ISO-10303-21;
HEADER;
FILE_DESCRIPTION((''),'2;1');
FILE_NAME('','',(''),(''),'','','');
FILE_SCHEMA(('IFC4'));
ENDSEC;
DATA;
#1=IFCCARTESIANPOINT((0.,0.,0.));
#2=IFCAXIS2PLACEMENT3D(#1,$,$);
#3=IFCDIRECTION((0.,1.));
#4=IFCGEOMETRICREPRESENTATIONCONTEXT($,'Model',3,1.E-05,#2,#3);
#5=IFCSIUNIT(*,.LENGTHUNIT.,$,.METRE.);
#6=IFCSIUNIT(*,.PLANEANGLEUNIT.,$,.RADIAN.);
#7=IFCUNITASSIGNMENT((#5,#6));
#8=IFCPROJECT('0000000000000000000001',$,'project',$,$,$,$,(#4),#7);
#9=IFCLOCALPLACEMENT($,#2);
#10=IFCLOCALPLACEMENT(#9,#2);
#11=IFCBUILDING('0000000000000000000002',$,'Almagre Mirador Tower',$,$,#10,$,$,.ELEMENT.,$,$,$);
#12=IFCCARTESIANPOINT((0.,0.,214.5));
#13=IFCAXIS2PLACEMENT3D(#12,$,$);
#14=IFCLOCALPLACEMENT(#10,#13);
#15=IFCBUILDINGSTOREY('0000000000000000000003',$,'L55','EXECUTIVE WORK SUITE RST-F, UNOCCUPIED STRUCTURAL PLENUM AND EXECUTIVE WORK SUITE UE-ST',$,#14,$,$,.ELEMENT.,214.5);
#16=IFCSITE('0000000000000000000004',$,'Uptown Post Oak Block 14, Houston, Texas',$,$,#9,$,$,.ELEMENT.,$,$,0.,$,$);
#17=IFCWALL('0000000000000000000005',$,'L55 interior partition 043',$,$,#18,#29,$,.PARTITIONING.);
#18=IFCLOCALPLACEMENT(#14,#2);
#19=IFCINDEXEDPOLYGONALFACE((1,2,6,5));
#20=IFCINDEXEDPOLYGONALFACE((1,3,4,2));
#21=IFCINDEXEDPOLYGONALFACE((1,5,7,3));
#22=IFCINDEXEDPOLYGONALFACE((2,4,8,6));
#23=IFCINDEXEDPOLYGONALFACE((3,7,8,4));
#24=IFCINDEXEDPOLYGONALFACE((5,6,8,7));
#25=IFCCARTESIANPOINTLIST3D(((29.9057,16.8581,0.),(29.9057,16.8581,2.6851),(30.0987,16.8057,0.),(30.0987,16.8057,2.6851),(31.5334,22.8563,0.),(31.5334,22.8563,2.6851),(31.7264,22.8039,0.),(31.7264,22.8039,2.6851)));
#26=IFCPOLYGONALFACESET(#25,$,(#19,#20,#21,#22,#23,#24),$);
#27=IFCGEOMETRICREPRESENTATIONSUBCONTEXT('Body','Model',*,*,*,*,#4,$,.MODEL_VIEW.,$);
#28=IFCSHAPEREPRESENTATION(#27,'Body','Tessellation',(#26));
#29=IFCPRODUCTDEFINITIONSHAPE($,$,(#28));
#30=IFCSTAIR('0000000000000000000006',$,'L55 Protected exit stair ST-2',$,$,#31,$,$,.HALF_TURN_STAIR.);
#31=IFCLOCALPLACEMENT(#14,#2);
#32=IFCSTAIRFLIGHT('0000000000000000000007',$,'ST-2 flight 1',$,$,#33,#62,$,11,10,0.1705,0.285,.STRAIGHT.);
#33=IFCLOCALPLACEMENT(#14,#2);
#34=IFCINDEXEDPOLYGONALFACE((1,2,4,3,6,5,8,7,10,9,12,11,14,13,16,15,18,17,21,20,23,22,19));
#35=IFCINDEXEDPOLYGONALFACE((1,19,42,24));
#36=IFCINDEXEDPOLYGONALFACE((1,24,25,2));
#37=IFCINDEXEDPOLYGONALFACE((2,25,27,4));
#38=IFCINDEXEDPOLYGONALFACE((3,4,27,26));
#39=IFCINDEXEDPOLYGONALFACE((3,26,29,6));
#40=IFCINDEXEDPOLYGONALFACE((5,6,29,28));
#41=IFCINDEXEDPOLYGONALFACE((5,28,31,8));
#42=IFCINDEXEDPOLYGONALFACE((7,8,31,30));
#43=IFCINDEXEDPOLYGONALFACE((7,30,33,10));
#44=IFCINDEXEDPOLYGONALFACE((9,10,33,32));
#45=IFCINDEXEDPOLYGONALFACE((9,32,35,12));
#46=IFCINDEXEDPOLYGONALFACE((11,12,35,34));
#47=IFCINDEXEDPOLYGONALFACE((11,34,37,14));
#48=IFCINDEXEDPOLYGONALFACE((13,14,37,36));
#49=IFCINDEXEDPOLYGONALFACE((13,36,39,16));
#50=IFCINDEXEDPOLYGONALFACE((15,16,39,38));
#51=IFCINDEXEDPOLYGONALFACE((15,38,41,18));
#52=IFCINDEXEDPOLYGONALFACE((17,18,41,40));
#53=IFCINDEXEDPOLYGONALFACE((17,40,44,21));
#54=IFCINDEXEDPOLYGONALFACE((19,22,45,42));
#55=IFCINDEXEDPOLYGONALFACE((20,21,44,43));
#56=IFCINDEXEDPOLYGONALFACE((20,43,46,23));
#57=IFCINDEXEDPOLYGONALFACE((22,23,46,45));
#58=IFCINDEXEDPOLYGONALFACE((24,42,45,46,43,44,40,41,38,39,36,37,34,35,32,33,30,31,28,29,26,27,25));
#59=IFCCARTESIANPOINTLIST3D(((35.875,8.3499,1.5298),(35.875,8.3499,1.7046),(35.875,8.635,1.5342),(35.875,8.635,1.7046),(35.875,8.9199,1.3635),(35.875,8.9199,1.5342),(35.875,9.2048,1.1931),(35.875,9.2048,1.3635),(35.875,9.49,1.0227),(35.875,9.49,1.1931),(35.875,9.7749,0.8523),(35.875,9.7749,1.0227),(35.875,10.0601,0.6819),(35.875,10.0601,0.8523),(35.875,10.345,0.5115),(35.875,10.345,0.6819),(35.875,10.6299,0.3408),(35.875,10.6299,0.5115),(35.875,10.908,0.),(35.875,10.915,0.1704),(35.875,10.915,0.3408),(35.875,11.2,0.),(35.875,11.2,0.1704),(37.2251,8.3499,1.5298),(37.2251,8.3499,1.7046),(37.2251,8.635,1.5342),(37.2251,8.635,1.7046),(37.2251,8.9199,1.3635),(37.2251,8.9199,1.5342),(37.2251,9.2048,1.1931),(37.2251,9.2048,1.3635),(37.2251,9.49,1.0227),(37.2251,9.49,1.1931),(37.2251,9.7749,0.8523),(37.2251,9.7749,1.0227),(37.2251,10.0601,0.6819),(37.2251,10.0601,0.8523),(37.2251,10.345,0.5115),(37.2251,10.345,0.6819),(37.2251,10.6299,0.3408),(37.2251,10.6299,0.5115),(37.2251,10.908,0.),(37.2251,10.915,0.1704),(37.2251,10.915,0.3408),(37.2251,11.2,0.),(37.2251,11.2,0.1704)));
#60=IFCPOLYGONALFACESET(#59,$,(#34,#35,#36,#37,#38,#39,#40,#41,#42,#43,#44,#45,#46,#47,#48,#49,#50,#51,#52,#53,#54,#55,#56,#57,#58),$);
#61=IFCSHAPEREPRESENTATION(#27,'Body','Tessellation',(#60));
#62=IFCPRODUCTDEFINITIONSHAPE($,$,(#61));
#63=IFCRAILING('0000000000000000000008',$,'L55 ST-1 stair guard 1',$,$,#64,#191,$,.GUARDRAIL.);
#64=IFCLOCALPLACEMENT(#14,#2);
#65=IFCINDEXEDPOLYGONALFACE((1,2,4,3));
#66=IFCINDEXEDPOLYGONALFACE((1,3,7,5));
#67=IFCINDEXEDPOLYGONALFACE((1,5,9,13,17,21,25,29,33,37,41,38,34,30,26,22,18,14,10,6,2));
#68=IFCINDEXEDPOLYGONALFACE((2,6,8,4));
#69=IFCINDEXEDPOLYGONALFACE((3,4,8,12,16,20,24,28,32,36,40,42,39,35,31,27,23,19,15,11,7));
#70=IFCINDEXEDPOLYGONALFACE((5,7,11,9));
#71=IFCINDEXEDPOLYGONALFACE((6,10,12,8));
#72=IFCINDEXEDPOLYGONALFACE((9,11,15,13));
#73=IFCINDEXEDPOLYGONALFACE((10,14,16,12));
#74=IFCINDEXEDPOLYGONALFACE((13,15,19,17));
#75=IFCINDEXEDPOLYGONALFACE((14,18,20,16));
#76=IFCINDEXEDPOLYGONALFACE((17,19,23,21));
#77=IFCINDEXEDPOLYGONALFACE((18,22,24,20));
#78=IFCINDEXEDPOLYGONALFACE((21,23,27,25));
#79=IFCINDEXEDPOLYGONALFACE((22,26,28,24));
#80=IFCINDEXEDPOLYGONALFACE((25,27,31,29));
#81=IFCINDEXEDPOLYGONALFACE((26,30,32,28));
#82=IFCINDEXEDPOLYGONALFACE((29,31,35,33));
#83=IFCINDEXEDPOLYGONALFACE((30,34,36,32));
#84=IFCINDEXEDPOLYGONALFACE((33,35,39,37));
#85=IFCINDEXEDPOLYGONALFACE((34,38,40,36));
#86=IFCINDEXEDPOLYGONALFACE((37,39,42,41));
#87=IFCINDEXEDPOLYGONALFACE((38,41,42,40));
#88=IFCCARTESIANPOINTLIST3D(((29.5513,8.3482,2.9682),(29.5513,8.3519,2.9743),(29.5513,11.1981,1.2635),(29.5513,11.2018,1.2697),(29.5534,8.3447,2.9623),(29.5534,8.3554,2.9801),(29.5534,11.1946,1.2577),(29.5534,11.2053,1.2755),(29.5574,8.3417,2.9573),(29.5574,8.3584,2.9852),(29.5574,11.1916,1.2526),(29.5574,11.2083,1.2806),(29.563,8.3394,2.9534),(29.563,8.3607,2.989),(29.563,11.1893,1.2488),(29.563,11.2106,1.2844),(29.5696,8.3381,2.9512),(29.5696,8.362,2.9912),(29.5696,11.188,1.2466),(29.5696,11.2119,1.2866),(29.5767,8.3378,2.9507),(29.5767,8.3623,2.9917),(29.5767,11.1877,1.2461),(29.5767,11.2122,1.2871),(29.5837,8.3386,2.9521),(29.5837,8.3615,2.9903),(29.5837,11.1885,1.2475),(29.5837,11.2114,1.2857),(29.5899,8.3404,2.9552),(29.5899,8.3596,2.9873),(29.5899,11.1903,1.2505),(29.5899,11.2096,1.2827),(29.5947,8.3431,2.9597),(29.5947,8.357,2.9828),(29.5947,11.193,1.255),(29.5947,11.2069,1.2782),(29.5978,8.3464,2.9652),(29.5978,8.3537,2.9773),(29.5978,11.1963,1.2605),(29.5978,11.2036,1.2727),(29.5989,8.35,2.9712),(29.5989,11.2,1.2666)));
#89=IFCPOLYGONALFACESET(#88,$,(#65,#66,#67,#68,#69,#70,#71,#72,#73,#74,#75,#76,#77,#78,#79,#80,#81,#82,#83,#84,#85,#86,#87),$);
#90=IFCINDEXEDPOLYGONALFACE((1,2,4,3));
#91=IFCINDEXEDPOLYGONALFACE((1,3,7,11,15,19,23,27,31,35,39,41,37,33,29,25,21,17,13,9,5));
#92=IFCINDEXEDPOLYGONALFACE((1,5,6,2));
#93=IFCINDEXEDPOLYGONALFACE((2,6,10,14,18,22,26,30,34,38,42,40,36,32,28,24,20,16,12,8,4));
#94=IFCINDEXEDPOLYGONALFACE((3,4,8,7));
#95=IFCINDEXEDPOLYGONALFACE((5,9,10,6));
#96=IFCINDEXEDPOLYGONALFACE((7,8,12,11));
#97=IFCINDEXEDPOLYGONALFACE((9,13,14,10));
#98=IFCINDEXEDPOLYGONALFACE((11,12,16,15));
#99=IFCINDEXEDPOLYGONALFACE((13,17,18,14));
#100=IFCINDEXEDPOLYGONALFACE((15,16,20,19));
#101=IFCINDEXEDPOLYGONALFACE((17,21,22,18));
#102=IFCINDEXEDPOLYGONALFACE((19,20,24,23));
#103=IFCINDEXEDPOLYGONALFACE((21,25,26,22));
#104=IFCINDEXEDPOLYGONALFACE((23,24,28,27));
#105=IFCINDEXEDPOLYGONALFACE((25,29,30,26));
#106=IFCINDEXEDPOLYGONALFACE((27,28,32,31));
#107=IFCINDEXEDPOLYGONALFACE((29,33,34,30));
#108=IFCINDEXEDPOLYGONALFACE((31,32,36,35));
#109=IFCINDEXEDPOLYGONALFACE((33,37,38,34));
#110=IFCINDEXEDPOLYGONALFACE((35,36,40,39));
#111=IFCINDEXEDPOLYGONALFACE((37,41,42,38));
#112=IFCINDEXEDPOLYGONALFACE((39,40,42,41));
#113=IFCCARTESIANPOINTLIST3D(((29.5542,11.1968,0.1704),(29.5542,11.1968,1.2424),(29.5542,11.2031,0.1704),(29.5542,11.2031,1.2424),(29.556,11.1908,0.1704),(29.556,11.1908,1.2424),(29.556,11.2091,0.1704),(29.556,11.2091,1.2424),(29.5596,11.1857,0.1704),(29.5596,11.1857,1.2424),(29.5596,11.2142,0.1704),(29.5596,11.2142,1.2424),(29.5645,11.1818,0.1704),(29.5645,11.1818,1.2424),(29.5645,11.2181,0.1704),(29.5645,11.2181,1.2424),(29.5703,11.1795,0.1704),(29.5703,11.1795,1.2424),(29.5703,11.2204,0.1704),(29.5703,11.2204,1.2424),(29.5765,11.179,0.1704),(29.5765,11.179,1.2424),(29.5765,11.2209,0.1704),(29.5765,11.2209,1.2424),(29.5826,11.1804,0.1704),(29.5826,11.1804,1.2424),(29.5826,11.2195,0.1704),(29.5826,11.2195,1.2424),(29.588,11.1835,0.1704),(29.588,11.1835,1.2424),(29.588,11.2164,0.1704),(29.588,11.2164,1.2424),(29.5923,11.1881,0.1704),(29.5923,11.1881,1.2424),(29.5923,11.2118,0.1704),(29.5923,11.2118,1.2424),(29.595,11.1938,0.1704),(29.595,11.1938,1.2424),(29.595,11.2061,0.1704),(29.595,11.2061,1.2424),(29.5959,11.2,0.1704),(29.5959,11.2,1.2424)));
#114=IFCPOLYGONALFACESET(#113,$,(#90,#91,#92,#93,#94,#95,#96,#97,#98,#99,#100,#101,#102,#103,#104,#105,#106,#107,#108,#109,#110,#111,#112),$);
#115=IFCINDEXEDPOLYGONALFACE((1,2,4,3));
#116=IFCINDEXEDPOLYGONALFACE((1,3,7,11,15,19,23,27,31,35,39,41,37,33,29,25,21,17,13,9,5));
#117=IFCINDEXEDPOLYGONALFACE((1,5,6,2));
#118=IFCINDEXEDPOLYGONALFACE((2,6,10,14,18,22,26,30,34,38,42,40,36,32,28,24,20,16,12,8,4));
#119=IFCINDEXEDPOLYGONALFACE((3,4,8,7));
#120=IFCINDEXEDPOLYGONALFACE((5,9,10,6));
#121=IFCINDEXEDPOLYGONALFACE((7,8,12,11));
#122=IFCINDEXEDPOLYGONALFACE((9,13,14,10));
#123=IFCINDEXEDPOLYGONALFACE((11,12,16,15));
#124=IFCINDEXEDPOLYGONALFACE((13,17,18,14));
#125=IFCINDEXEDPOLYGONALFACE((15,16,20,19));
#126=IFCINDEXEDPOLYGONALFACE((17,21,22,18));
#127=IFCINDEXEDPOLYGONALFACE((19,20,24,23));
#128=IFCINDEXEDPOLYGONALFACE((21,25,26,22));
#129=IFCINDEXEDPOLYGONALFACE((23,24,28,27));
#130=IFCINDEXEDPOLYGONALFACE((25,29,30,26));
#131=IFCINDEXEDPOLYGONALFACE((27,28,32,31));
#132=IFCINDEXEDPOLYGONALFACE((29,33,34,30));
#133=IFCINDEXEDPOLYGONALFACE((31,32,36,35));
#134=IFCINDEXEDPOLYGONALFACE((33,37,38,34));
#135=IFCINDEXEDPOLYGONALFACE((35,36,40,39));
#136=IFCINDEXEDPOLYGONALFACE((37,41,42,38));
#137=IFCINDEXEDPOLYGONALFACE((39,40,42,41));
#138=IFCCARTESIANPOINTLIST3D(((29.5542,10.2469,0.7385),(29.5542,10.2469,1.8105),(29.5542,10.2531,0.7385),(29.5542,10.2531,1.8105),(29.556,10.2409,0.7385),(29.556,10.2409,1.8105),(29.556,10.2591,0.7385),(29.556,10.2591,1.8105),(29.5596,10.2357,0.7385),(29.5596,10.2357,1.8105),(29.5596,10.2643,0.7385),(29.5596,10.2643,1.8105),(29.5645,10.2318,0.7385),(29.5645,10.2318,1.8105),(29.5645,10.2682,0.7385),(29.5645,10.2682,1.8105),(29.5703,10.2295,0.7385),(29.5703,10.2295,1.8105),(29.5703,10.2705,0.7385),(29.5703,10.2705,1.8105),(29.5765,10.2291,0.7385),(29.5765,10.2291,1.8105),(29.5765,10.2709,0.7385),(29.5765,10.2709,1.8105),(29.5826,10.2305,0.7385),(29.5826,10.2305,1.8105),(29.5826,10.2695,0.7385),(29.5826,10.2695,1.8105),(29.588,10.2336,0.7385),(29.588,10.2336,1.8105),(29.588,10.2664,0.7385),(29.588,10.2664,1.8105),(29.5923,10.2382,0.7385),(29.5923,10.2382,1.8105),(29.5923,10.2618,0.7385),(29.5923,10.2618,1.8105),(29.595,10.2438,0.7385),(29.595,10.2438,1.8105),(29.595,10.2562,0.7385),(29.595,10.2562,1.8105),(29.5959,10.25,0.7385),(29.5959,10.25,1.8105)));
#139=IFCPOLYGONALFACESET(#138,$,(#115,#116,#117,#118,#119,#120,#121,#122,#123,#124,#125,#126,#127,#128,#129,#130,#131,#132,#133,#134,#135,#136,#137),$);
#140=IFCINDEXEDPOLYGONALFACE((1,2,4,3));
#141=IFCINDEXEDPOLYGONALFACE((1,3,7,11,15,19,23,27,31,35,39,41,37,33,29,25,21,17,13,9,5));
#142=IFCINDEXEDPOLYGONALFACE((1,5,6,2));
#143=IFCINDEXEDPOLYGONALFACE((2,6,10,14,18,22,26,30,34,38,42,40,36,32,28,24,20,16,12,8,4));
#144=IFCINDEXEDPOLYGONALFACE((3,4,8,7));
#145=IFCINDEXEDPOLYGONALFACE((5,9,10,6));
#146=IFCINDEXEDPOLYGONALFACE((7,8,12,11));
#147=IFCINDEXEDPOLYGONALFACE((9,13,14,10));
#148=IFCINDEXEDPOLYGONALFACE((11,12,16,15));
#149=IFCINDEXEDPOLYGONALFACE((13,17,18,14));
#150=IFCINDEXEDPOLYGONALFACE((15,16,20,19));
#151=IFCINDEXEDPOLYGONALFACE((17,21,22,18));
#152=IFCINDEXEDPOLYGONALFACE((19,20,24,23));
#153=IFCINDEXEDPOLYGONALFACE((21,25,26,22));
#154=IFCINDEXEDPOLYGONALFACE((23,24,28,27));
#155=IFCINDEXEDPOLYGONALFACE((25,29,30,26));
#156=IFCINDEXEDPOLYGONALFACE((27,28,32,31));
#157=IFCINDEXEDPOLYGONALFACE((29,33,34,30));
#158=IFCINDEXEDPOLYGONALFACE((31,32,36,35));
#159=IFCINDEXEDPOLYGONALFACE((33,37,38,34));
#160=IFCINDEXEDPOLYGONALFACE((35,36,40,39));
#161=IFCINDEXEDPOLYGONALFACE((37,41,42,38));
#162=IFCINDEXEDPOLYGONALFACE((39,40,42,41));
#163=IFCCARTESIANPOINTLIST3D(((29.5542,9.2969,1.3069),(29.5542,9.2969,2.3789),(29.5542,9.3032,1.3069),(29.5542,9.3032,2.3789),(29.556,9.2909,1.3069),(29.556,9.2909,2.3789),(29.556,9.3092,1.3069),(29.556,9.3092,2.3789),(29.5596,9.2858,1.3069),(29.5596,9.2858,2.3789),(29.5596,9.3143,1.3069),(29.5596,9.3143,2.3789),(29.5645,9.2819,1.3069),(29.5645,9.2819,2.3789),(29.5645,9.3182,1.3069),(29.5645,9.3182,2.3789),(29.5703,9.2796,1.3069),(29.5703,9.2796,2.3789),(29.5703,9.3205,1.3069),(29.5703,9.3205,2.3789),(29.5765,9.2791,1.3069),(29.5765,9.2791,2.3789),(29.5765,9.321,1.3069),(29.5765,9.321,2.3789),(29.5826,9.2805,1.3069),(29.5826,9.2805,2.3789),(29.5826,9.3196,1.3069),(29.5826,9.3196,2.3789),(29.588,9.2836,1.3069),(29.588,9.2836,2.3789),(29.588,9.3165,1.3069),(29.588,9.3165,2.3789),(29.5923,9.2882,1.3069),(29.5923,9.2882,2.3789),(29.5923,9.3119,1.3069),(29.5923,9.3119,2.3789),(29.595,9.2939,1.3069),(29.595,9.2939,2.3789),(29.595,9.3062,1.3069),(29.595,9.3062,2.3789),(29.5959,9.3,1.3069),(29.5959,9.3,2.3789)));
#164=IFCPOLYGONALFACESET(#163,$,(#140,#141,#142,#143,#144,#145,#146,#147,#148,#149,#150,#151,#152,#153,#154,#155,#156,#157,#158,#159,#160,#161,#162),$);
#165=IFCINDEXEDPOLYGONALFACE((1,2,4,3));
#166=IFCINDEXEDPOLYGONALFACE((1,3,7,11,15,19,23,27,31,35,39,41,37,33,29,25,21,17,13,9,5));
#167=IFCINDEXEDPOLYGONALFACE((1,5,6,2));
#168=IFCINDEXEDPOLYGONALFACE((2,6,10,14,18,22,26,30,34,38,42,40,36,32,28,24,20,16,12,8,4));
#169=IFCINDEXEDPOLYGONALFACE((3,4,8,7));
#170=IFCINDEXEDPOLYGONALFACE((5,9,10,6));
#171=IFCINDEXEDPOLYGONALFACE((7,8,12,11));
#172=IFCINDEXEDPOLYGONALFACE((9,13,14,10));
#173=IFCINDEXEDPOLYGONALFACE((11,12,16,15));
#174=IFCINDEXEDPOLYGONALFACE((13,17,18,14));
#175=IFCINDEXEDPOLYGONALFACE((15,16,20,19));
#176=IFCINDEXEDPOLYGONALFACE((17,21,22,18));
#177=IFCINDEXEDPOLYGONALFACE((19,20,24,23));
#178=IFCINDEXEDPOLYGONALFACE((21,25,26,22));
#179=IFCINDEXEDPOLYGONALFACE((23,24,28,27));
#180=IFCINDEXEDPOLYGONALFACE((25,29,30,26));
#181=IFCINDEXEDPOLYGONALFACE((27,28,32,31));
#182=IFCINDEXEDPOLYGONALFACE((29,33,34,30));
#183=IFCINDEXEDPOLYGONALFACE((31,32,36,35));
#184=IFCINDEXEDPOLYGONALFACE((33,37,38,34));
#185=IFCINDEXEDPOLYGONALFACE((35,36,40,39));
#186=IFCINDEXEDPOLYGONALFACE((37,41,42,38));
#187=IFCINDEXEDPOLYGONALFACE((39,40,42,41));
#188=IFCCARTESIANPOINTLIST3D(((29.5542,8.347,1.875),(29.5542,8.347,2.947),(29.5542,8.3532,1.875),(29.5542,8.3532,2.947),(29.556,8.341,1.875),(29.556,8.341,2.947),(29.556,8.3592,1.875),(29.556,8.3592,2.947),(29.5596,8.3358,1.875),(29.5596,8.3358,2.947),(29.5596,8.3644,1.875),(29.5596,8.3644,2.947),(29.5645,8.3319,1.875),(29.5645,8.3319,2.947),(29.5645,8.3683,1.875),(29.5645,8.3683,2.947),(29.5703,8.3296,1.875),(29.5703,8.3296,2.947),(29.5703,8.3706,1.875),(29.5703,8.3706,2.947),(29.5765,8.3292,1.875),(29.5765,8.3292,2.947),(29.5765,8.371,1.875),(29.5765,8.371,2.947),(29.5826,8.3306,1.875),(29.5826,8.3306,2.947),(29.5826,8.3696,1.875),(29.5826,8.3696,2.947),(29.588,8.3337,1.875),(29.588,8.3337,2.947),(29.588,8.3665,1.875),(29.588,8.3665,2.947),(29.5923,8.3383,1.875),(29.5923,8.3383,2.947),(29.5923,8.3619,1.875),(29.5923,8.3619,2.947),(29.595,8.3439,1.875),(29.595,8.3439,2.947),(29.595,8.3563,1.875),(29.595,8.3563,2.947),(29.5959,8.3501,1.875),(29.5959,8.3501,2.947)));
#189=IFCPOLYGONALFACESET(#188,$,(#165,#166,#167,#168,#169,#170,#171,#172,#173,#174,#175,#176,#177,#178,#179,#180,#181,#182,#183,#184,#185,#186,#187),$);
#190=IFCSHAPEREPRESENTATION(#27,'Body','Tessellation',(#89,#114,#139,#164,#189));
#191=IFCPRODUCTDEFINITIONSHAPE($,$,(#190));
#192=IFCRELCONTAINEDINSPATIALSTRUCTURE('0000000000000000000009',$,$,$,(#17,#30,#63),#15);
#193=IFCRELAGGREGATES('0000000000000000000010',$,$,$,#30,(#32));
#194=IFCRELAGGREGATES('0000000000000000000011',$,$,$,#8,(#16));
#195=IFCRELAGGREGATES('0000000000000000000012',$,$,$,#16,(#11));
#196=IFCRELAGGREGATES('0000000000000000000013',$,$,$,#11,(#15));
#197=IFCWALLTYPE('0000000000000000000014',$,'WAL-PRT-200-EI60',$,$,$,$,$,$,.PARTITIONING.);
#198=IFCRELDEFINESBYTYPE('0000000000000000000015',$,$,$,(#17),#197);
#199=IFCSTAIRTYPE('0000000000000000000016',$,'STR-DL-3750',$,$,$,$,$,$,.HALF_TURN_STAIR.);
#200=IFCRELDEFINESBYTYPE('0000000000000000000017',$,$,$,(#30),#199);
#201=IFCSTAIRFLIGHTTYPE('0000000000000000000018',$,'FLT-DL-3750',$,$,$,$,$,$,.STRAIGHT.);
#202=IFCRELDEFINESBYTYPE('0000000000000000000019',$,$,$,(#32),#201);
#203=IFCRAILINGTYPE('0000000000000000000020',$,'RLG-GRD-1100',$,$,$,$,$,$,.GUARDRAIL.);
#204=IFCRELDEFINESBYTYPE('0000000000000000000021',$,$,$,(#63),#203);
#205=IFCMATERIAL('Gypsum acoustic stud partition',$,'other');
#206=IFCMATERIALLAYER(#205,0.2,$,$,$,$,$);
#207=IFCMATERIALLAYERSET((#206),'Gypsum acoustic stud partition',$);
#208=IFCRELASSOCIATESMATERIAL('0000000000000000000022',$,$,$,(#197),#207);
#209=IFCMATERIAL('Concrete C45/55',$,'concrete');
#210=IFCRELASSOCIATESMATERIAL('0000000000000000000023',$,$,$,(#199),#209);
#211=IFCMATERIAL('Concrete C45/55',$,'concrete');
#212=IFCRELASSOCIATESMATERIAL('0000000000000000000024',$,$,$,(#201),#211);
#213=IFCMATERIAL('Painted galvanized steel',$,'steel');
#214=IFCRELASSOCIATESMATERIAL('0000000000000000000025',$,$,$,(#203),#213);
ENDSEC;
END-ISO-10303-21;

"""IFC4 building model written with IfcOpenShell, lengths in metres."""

from ifc_helpers import new_model, si_unit, direction, frame, frame_2d, origin, origin_2d, place, context, subcontext, project, spatial, polyline, rectangle, circle, outline, extrude, material, layer, layer_set, type_object, element, aggregate, save


model = new_model("IFC4")

# Units and contexts
model_context = context("Model", 3, precision=1e-05, world=origin(), true_north=direction((0.0, 1.0)))
body_context = subcontext(model_context, "Body", "Model", "MODEL_VIEW")
ifc_project = project(units=[si_unit("LENGTHUNIT", "METRE"), si_unit("PLANEANGLEUNIT", "RADIAN")], contexts=[model_context])

# Site, building, storey
site_placement = place(None, origin())
site = spatial("IfcSite", under=ifc_project, at=site_placement, Name="Uptown Post Oak Block 14, Houston, Texas", CompositionType="ELEMENT", RefElevation=0.0)
building_placement = place(site_placement, origin())
building = spatial("IfcBuilding", under=site, at=building_placement, Name="Almagre Mirador Tower", CompositionType="ELEMENT")
storey_placement = place(building_placement, frame((0.0, 0.0, 214.5)))
storey = spatial("IfcBuildingStorey", under=building, at=storey_placement, Name="L55", Description="EXECUTIVE WORK SUITE RST-F, UNOCCUPIED STRUCTURAL PLENUM AND EXECUTIVE WORK SUITE UE-ST", CompositionType="ELEMENT", Elevation=214.5)

# Shared definitions
ifc_material_1 = material(Name="Gypsum acoustic stud partition", Category="other")
ifc_layer_1 = layer(ifc_material_1, 0.2)
ifc_layer_set_1 = layer_set([ifc_layer_1], Name="Gypsum acoustic stud partition")
wall_type_1 = type_object("IfcWallType", Name="WAL-PRT-200-EI60", PredefinedType="PARTITIONING", material=ifc_layer_set_1)

# Wall
wall_1_placement = place(storey_placement, frame((30.0022, 16.832, 0.0), z_axis=(0.0, 0.0, 1.0), x_axis=(0.261897, 0.965096, 0.0)))
element("IfcWall", 1, at=wall_1_placement, inside=storey, type_object=wall_type_1, Name="L55 interior partition 043", PredefinedType="PARTITIONING", context=body_context, shape_type="SweptSolid", body=[
    extrude(rectangle(XDim=6.2151, YDim=0.2, at=frame_2d((3.1074, 0.0))), origin(), (0.0, 0.0, 1.0), 2.6851),
])

# Stair, stair flight
ifc_material_2 = material(Name="Concrete C45/55", Category="concrete")
stair_type = type_object("IfcStairType", Name="STR-DL-3750", PredefinedType="HALF_TURN_STAIR", material=ifc_material_2)
stair_placement = place(storey_placement, origin())
stair = element("IfcStair", 2, at=stair_placement, inside=storey, type_object=stair_type, Name="L55 Protected exit stair ST-2", PredefinedType="HALF_TURN_STAIR")
ifc_material_3 = material(Name="Concrete C45/55", Category="concrete")
stair_flight_type = type_object("IfcStairFlightType", Name="FLT-DL-3750", PredefinedType="STRAIGHT", material=ifc_material_3)
stair_flight_placement = place(storey_placement, frame((36.55, 11.2, 0.0), z_axis=(0.0, 0.0, 1.0), x_axis=(0.0, -1.0, 0.0)))
stair_flight = element("IfcStairFlight", 3, at=stair_flight_placement, type_object=stair_flight_type, Name="ST-2 flight 1", NumberOfRisers=11, NumberOfTreads=10, PredefinedType="STRAIGHT", RiserHeight=0.1705, TreadLength=0.285, context=body_context, shape_type="SweptSolid", body=[
    extrude(outline(polyline([(0.0, 0.0), (0.0, 0.1704), (0.2849, 0.1704), (0.2849, 0.3408), (0.5701, 0.3408), (0.5701, 0.5115), (0.855, 0.5115), (0.855, 0.6819), (1.1399, 0.6819), (1.1399, 0.8523), (1.425, 0.8523), (1.425, 1.0227), (1.71, 1.0227), (1.71, 1.1931), (1.9951, 1.1931), (1.9951, 1.3635), (2.28, 1.3635), (2.28, 1.5342), (2.5649, 1.5342), (2.5649, 1.7046), (2.8501, 1.7046), (2.8501, 1.875), (2.8501, 1.5298), (0.292, 0.0), (0.0, 0.0)])), frame((0.0, 0.675, 0.0), z_axis=(0.0, -1.0, 0.0), x_axis=(1.0, 0.0, 0.0)), (0.0, 0.0, 1.0), 1.3501),
])
aggregate(stair, [stair_flight])

# Railing
ifc_material_4 = material(Name="Painted galvanized steel", Category="steel")
railing_type_1 = type_object("IfcRailingType", Name="RLG-GRD-1100", PredefinedType="GUARDRAIL", material=ifc_material_4)
railing_1_placement = place(storey_placement, frame((29.575, 11.2, 0.1704)))
element("IfcRailing", 4, at=railing_1_placement, inside=storey, type_object=railing_type_1, Name="L55 ST-1 stair guard 1", PredefinedType="GUARDRAIL", context=body_context, shape_type="SweptSolid", body=[
    extrude(circle(Radius=0.0239, at=origin_2d()), frame((0.0, 0.0, 1.0962), z_axis=(0.0, -0.858199, 0.513317), x_axis=(1.0, 0.0, 0.0)), (0.0, 0.0, 1.0), 3.3208),
    extrude(circle(Radius=0.021, at=origin_2d()), origin(), (0.0, 0.0, 1.0), 1.072),
    extrude(circle(Radius=0.021, at=origin_2d()), frame((0.0, -0.95, 0.5681)), (0.0, 0.0, 1.0), 1.072),
    extrude(circle(Radius=0.021, at=origin_2d()), frame((0.0, -1.8999, 1.1365)), (0.0, 0.0, 1.0), 1.072),
    extrude(circle(Radius=0.021, at=origin_2d()), frame((0.0, -2.8499, 1.7046)), (0.0, 0.0, 1.0), 1.072),
])

save(model, "model.ifc")
